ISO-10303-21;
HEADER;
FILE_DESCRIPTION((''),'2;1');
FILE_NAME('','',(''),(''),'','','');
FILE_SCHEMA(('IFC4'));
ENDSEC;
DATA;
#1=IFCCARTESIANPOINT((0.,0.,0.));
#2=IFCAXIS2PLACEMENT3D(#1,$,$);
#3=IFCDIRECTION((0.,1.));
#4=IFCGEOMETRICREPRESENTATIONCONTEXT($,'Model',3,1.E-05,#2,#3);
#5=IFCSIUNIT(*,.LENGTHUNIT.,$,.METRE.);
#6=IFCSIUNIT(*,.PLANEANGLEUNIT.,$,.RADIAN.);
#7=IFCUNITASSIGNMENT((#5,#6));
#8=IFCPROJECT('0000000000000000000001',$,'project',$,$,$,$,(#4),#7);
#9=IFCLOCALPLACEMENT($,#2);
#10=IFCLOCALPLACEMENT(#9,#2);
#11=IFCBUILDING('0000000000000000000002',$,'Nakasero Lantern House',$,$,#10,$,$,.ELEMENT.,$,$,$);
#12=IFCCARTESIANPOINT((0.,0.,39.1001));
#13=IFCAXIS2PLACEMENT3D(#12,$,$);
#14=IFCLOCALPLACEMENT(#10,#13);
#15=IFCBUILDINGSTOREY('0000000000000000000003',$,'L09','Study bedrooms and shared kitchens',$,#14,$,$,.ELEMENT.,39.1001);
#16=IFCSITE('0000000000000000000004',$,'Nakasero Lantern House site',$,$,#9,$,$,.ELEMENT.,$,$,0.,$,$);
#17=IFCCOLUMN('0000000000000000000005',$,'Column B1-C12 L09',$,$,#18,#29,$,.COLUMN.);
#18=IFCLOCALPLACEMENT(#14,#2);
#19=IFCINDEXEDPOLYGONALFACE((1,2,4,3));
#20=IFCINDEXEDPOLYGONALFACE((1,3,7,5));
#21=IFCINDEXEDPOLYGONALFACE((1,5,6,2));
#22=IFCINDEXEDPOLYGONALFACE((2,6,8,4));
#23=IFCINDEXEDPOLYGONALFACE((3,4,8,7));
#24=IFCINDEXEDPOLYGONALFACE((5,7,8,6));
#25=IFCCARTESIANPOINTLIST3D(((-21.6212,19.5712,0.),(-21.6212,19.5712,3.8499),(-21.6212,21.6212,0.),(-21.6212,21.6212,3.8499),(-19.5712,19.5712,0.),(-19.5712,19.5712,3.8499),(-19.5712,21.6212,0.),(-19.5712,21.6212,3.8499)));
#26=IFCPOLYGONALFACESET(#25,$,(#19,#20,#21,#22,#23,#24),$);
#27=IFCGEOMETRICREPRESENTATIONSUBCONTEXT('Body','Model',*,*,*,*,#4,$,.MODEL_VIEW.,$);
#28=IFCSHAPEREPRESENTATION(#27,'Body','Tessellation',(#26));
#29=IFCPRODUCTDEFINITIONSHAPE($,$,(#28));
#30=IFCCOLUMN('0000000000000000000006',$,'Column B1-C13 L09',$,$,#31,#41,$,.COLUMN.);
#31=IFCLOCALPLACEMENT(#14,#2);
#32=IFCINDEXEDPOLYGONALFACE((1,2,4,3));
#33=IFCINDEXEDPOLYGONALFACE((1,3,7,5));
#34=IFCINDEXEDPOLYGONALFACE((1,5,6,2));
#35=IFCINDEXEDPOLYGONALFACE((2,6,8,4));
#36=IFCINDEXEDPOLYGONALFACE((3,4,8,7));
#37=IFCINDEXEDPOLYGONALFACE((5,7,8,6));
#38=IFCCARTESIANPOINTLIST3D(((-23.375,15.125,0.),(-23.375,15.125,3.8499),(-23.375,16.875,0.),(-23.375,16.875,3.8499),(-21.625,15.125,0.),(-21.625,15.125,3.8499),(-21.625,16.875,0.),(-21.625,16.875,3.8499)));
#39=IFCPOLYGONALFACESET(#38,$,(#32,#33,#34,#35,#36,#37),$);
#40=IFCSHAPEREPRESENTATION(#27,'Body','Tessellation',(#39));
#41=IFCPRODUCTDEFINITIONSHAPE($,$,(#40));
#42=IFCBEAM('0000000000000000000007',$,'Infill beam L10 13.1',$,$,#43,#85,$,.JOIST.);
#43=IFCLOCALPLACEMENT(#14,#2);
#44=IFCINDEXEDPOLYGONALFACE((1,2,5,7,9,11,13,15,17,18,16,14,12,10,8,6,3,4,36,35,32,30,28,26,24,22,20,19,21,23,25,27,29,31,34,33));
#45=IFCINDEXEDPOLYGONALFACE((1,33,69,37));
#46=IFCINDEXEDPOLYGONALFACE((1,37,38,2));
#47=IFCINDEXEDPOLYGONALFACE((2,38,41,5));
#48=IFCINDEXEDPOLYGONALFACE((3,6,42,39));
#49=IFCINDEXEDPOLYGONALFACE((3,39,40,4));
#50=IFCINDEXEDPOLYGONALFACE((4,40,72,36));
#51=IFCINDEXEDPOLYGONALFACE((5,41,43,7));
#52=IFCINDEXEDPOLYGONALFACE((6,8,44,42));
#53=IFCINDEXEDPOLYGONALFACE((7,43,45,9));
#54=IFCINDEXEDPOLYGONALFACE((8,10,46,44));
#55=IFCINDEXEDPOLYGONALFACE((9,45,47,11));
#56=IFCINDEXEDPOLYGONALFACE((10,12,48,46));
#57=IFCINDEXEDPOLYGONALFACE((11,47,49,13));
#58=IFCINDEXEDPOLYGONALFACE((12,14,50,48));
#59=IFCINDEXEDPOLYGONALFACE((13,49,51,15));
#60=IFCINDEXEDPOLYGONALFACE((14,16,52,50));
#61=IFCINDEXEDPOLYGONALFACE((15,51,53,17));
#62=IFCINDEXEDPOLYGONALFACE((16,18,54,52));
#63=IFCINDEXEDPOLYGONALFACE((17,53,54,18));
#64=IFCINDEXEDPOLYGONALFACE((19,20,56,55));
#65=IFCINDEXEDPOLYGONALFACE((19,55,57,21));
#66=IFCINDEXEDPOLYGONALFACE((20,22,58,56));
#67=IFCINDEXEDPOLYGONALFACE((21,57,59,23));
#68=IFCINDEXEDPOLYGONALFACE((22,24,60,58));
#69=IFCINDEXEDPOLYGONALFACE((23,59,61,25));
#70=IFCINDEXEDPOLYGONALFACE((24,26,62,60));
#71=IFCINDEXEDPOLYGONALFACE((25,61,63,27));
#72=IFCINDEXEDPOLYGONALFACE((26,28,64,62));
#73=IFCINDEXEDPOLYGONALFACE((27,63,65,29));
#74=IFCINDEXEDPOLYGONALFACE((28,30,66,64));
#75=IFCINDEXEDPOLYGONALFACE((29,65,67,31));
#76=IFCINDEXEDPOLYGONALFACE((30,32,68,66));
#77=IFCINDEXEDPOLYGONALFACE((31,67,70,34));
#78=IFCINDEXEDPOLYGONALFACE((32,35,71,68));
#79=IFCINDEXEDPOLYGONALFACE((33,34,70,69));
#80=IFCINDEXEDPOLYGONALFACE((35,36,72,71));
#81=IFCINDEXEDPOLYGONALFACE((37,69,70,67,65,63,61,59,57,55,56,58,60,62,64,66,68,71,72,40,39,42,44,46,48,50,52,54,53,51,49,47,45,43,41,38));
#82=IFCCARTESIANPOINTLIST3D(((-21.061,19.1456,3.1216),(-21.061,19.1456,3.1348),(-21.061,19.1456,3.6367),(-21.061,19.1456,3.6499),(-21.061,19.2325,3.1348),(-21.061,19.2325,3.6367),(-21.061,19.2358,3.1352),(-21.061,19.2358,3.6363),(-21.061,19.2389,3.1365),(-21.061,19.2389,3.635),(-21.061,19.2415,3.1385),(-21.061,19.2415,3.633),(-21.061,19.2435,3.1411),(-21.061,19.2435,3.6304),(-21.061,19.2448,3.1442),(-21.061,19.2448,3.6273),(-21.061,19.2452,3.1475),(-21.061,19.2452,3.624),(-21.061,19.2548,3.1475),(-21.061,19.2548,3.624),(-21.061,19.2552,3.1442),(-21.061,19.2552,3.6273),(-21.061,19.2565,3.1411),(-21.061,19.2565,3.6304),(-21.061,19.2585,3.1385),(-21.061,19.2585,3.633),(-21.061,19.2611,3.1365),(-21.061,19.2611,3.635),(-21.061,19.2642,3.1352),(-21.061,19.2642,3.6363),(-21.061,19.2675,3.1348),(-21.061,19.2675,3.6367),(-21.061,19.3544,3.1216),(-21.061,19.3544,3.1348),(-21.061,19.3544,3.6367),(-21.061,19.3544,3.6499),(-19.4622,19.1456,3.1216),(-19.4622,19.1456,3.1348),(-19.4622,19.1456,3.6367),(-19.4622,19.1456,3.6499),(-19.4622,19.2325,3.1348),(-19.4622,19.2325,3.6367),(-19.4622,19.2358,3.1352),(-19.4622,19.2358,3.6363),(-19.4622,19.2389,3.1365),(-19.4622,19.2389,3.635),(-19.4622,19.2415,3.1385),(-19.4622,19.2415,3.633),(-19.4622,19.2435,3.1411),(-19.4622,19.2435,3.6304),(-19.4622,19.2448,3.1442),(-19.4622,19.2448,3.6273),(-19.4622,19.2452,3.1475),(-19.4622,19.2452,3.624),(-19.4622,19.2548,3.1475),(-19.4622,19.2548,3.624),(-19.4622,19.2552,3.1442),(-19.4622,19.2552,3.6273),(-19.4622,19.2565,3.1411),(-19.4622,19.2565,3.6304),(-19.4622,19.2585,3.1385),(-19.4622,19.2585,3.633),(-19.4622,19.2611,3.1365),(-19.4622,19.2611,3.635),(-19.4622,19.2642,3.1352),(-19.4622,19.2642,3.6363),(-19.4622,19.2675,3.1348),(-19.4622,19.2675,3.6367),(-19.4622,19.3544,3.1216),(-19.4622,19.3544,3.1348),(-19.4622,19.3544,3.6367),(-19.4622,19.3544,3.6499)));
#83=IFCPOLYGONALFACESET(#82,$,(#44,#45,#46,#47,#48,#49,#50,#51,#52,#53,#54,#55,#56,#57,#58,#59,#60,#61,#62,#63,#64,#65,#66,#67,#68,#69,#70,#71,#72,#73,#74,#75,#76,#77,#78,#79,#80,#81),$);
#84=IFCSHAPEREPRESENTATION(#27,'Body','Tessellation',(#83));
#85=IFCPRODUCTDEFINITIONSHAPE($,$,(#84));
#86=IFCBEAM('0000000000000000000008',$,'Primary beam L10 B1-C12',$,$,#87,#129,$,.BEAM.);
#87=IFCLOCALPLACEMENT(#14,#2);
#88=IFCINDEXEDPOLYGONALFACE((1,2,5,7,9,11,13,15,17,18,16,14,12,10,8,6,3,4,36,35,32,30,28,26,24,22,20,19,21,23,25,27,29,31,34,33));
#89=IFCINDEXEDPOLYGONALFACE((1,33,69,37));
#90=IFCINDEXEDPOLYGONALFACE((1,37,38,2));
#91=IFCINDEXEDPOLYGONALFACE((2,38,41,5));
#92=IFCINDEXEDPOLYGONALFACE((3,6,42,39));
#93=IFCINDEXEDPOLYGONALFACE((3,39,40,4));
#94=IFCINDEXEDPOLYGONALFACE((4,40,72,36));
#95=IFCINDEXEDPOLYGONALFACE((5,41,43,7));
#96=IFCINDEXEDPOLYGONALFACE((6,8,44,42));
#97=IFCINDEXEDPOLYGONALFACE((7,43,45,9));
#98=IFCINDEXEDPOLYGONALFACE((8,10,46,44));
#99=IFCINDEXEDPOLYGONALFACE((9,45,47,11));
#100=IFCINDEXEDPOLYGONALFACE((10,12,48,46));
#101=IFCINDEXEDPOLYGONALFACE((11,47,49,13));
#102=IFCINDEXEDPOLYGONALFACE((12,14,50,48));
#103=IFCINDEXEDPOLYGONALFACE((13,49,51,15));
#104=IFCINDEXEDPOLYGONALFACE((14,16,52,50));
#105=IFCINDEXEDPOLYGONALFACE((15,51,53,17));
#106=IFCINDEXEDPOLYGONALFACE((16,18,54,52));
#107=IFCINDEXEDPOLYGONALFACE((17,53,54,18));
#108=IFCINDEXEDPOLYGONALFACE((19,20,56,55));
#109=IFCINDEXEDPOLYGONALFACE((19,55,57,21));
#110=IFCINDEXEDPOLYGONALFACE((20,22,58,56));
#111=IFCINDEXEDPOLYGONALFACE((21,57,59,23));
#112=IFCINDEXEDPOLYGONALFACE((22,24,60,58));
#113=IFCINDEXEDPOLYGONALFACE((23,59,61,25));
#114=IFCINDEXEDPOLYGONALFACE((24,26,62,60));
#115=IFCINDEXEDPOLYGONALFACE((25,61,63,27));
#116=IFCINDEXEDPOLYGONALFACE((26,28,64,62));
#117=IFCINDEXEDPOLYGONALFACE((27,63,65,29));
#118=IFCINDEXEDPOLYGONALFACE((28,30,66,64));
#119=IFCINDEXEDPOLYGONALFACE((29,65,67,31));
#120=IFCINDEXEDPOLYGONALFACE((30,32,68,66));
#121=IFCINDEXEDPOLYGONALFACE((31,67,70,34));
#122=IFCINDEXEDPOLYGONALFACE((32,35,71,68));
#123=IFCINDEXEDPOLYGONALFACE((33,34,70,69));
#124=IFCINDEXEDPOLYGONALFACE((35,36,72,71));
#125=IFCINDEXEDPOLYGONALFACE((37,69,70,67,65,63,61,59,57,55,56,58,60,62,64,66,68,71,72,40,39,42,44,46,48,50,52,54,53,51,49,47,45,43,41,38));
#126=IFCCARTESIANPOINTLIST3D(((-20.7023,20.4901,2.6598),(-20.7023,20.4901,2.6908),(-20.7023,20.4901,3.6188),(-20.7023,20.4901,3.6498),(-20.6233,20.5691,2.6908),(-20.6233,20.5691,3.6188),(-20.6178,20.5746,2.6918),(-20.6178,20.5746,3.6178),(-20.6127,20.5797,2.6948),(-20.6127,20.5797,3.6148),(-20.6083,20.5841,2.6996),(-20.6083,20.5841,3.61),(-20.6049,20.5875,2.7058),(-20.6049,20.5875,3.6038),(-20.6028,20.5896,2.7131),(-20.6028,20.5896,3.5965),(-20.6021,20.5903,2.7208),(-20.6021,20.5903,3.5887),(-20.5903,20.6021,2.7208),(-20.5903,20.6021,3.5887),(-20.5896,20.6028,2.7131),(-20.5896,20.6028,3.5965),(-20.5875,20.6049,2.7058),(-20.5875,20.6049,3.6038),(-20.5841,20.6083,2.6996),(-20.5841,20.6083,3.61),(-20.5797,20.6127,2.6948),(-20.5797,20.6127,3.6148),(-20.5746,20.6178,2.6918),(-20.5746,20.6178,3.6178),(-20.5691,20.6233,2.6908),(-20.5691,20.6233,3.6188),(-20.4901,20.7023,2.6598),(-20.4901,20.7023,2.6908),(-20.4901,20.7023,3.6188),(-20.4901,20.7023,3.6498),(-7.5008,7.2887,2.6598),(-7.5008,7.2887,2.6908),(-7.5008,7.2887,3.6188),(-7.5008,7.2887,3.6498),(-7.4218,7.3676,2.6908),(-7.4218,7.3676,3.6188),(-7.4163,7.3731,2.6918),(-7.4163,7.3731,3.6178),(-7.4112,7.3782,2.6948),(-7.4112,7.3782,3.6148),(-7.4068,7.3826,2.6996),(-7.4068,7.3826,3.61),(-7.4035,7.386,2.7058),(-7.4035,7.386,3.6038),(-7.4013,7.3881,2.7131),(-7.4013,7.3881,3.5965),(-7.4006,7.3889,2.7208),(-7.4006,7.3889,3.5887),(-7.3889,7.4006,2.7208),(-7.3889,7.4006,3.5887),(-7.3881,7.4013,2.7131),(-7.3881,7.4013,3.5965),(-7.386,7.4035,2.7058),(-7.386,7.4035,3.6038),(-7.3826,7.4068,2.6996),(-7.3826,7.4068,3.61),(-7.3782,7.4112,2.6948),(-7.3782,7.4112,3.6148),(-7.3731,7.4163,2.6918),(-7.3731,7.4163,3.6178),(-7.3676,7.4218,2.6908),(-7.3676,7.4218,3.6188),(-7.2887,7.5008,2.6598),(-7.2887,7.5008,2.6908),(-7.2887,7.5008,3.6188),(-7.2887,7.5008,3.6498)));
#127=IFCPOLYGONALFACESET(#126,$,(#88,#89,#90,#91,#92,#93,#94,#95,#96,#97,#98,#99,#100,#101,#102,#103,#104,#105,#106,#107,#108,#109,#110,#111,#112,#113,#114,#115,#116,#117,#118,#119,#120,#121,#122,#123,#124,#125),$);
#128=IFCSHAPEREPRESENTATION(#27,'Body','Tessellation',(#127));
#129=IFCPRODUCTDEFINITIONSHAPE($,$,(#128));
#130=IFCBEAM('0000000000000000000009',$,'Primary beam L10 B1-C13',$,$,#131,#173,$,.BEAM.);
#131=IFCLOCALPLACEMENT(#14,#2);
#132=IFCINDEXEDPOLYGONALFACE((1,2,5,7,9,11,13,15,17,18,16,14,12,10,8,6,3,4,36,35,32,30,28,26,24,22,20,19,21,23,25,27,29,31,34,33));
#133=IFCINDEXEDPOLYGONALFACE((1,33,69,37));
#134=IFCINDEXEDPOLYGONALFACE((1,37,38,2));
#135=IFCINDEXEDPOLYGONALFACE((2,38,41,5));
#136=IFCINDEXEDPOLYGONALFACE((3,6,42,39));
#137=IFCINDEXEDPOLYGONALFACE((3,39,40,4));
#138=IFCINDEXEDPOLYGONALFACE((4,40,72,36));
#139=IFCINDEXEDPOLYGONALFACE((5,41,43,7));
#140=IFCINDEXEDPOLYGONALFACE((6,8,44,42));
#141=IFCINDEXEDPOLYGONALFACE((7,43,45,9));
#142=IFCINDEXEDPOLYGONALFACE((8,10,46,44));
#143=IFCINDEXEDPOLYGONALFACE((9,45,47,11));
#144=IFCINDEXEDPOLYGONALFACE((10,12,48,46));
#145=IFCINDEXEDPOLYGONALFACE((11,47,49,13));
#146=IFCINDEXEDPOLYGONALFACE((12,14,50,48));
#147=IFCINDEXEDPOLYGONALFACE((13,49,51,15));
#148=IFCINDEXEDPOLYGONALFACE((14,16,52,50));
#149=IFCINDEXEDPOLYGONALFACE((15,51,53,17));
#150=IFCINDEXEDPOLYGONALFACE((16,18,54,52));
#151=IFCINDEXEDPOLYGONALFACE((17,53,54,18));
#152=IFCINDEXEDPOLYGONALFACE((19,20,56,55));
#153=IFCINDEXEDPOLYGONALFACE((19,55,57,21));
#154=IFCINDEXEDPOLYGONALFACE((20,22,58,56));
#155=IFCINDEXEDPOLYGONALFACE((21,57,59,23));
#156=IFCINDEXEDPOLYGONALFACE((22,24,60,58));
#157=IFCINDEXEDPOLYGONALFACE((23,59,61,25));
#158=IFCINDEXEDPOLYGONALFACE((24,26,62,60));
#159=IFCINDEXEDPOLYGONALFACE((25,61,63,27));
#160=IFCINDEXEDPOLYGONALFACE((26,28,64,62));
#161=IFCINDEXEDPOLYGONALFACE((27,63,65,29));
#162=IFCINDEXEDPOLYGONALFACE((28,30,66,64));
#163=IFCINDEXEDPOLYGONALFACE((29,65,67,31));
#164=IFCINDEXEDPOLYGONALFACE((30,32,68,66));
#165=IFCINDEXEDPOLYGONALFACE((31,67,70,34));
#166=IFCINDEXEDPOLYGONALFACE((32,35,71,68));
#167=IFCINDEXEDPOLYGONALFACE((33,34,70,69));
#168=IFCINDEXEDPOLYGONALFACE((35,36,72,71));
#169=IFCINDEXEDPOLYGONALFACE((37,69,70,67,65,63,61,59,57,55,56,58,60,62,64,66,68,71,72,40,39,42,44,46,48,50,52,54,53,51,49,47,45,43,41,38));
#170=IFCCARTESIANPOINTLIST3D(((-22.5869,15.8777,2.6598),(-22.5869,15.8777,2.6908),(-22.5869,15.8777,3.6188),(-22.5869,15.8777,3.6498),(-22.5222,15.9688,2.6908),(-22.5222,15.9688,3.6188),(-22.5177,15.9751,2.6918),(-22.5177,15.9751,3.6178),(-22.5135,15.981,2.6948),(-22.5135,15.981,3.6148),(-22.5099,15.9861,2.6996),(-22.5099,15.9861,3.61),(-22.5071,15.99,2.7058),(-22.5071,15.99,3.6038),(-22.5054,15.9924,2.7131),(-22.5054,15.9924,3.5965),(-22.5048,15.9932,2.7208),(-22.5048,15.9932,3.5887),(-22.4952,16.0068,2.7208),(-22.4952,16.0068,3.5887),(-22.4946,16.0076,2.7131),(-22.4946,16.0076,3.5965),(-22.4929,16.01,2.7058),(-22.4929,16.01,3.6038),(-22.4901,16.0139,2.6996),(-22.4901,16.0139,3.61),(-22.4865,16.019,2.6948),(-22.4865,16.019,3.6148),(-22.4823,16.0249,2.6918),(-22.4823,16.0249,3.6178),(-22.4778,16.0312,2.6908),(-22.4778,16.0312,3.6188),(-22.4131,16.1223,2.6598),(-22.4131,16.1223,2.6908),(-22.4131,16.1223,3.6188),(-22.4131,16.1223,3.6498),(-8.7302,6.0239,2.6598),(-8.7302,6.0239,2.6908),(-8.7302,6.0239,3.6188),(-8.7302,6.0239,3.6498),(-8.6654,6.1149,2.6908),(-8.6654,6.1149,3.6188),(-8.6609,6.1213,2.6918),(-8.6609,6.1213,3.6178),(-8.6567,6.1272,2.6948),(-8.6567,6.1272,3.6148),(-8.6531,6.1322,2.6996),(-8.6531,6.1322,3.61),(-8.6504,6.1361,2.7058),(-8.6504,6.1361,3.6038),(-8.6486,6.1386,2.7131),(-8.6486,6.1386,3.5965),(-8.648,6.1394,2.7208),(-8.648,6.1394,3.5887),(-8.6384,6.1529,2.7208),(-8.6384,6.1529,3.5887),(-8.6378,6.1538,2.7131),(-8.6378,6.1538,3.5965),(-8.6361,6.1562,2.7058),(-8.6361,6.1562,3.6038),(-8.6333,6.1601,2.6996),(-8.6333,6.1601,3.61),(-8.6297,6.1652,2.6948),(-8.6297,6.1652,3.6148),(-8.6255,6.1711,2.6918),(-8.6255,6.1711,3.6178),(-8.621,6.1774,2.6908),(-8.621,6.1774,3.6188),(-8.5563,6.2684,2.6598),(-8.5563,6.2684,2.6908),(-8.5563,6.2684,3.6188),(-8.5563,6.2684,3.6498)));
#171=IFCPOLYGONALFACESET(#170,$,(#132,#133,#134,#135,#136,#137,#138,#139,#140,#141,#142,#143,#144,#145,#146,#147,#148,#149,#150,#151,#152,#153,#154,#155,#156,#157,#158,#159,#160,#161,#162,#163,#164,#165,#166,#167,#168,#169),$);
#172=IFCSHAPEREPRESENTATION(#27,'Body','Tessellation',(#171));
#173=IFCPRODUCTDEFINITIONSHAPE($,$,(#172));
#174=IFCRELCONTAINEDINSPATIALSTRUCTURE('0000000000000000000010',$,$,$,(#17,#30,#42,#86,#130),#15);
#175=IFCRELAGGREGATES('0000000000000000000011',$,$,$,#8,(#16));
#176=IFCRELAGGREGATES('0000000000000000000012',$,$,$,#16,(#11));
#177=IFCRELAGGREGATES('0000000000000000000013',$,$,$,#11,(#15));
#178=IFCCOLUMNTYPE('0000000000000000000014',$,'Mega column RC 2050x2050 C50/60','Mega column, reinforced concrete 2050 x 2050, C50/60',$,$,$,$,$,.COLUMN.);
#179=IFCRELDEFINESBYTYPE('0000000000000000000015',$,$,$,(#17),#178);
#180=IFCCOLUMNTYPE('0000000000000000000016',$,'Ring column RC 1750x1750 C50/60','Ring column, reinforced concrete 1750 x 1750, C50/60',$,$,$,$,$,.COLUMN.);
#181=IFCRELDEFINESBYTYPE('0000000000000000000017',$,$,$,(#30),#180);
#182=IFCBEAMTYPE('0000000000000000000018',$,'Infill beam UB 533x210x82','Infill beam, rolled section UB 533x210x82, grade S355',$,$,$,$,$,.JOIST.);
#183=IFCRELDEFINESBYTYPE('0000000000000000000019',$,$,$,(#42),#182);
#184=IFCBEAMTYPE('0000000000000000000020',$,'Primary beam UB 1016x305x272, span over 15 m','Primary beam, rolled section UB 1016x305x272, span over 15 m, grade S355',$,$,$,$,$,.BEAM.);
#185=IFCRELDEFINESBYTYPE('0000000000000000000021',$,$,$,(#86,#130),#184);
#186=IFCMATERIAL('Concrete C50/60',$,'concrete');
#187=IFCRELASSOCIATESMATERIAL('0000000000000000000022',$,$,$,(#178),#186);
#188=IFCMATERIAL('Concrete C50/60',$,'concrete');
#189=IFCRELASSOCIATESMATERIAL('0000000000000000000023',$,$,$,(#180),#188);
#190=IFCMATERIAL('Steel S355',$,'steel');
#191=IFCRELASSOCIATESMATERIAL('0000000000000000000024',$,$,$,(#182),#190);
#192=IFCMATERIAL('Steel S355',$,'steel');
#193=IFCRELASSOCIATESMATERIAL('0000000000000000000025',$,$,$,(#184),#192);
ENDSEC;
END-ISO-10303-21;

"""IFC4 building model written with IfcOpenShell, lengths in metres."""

from ifc_helpers import new_model, si_unit, direction, frame, origin, origin_2d, place, context, subcontext, project, spatial, rectangle, i_section, extrude, material, material_profile, profile_set, type_object, element, save


model = new_model("IFC4")

# Units and contexts
model_context = context("Model", 3, precision=1e-05, world=origin(), true_north=direction((0.0, 1.0)))
body_context = subcontext(model_context, "Body", "Model", "MODEL_VIEW")
ifc_project = project(units=[si_unit("LENGTHUNIT", "METRE"), si_unit("PLANEANGLEUNIT", "RADIAN")], contexts=[model_context])

# Site, building, storey
site_placement = place(None, origin())
site = spatial("IfcSite", under=ifc_project, at=site_placement, Name="Nakasero Lantern House site", CompositionType="ELEMENT", RefElevation=0.0)
building_placement = place(site_placement, origin())
building = spatial("IfcBuilding", under=site, at=building_placement, Name="Nakasero Lantern House", CompositionType="ELEMENT")
storey_placement = place(building_placement, frame((0.0, 0.0, 39.1001)))
storey = spatial("IfcBuildingStorey", under=building, at=storey_placement, Name="L09", Description="Study bedrooms and shared kitchens", CompositionType="ELEMENT", Elevation=39.1001)

# Columns
ifc_material_1 = material(Name="Concrete C50/60", Category="concrete")
ifc_material_profile_1 = material_profile(ifc_material_1, rectangle(XDim=2.05, YDim=2.05, at=origin_2d()), Name="RC 2050x2050")
ifc_profile_set_1 = profile_set([ifc_material_profile_1], Name="Concrete C50/60")
column_type_1 = type_object("IfcColumnType", Name="Mega column RC 2050x2050 C50/60", Description="Mega column, reinforced concrete 2050 x 2050, C50/60", PredefinedType="COLUMN", material=ifc_profile_set_1)
column_1_placement = place(storey_placement, frame((-20.5962, 20.5962, 0.0), z_axis=(0.0, 0.0, 1.0), x_axis=(1.0, 0.0, 0.0)))
element("IfcColumn", 1, at=column_1_placement, inside=storey, type_object=column_type_1, Name="Column B1-C12 L09", PredefinedType="COLUMN", context=body_context, shape_type="SweptSolid", body=[
    extrude(rectangle(XDim=2.05, YDim=2.05, at=origin_2d()), origin(), (0.0, 0.0, 1.0), 3.8499),
])
ifc_material_2 = material(Name="Concrete C50/60", Category="concrete")
ifc_material_profile_2 = material_profile(ifc_material_2, rectangle(XDim=1.75, YDim=1.75, at=origin_2d()), Name="RC 1750x1750")
ifc_profile_set_2 = profile_set([ifc_material_profile_2], Name="Concrete C50/60")
column_type_2 = type_object("IfcColumnType", Name="Ring column RC 1750x1750 C50/60", Description="Ring column, reinforced concrete 1750 x 1750, C50/60", PredefinedType="COLUMN", material=ifc_profile_set_2)
column_2_placement = place(storey_placement, frame((-22.5, 16.0, 0.0), z_axis=(0.0, 0.0, 1.0), x_axis=(1.0, 0.0, 0.0)))
element("IfcColumn", 2, at=column_2_placement, inside=storey, type_object=column_type_2, Name="Column B1-C13 L09", PredefinedType="COLUMN", context=body_context, shape_type="SweptSolid", body=[
    extrude(rectangle(XDim=1.75, YDim=1.75, at=origin_2d()), origin(), (0.0, 0.0, 1.0), 3.8499),
])

# Beams
ifc_material_3 = material(Name="Steel S355", Category="steel")
ifc_material_profile_3 = material_profile(ifc_material_3, i_section(OverallWidth=0.2087, OverallDepth=0.5283, WebThickness=0.0095, FlangeThickness=0.0132, FilletRadius=0.0127, at=origin_2d()), Name="UB 533x210x82")
ifc_profile_set_3 = profile_set([ifc_material_profile_3], Name="Steel S355")
beam_type_1 = type_object("IfcBeamType", Name="Infill beam UB 533x210x82", Description="Infill beam, rolled section UB 533x210x82, grade S355", PredefinedType="JOIST", material=ifc_profile_set_3)
beam_1_placement = place(storey_placement, frame((-21.061, 19.25, 3.3857), z_axis=(1.0, 0.0, 0.0), x_axis=(0.0, 1.0, 0.0)))
element("IfcBeam", 3, at=beam_1_placement, inside=storey, type_object=beam_type_1, Name="Infill beam L10 13.1", PredefinedType="JOIST", context=body_context, shape_type="SweptSolid", body=[
    extrude(i_section(OverallWidth=0.2087, OverallDepth=0.5283, WebThickness=0.0095, FlangeThickness=0.0132, FilletRadius=0.0127, at=origin_2d()), origin(), (0.0, 0.0, 1.0), 1.5989),
])
ifc_material_4 = material(Name="Steel S355", Category="steel")
ifc_material_profile_4 = material_profile(ifc_material_4, i_section(OverallWidth=0.3, OverallDepth=0.99, WebThickness=0.0166, FlangeThickness=0.031, FilletRadius=0.03, at=origin_2d()), Name="UB 1016x305x272")
ifc_profile_set_4 = profile_set([ifc_material_profile_4], Name="Steel S355")
beam_type_2 = type_object("IfcBeamType", Name="Primary beam UB 1016x305x272, span over 15 m", Description="Primary beam, rolled section UB 1016x305x272, span over 15 m, grade S355", PredefinedType="BEAM", material=ifc_profile_set_4)
beam_2_placement = place(storey_placement, frame((-20.5962, 20.5962, 3.1548), z_axis=(0.707107, -0.707107, 0.0), x_axis=(0.707107, 0.707107, 0.0)))
element("IfcBeam", 4, at=beam_2_placement, inside=storey, type_object=beam_type_2, Name="Primary beam L10 B1-C12", PredefinedType="BEAM", context=body_context, shape_type="SweptSolid", body=[
    extrude(i_section(OverallWidth=0.3, OverallDepth=0.99, WebThickness=0.0166, FlangeThickness=0.031, FilletRadius=0.03, at=origin_2d()), origin(), (0.0, 0.0, 1.0), 18.6697),
])
beam_3_placement = place(storey_placement, frame((-22.5, 16.0, 3.1548), z_axis=(0.814952, -0.579528, 0.0), x_axis=(0.579528, 0.814952, 0.0)))
element("IfcBeam", 5, at=beam_3_placement, inside=storey, type_object=beam_type_2, Name="Primary beam L10 B1-C13", PredefinedType="BEAM", context=body_context, shape_type="SweptSolid", body=[
    extrude(i_section(OverallWidth=0.3, OverallDepth=0.99, WebThickness=0.0166, FlangeThickness=0.031, FilletRadius=0.03, at=origin_2d()), origin(), (0.0, 0.0, 1.0), 17.0032),
])

save(model, "model.ifc")
